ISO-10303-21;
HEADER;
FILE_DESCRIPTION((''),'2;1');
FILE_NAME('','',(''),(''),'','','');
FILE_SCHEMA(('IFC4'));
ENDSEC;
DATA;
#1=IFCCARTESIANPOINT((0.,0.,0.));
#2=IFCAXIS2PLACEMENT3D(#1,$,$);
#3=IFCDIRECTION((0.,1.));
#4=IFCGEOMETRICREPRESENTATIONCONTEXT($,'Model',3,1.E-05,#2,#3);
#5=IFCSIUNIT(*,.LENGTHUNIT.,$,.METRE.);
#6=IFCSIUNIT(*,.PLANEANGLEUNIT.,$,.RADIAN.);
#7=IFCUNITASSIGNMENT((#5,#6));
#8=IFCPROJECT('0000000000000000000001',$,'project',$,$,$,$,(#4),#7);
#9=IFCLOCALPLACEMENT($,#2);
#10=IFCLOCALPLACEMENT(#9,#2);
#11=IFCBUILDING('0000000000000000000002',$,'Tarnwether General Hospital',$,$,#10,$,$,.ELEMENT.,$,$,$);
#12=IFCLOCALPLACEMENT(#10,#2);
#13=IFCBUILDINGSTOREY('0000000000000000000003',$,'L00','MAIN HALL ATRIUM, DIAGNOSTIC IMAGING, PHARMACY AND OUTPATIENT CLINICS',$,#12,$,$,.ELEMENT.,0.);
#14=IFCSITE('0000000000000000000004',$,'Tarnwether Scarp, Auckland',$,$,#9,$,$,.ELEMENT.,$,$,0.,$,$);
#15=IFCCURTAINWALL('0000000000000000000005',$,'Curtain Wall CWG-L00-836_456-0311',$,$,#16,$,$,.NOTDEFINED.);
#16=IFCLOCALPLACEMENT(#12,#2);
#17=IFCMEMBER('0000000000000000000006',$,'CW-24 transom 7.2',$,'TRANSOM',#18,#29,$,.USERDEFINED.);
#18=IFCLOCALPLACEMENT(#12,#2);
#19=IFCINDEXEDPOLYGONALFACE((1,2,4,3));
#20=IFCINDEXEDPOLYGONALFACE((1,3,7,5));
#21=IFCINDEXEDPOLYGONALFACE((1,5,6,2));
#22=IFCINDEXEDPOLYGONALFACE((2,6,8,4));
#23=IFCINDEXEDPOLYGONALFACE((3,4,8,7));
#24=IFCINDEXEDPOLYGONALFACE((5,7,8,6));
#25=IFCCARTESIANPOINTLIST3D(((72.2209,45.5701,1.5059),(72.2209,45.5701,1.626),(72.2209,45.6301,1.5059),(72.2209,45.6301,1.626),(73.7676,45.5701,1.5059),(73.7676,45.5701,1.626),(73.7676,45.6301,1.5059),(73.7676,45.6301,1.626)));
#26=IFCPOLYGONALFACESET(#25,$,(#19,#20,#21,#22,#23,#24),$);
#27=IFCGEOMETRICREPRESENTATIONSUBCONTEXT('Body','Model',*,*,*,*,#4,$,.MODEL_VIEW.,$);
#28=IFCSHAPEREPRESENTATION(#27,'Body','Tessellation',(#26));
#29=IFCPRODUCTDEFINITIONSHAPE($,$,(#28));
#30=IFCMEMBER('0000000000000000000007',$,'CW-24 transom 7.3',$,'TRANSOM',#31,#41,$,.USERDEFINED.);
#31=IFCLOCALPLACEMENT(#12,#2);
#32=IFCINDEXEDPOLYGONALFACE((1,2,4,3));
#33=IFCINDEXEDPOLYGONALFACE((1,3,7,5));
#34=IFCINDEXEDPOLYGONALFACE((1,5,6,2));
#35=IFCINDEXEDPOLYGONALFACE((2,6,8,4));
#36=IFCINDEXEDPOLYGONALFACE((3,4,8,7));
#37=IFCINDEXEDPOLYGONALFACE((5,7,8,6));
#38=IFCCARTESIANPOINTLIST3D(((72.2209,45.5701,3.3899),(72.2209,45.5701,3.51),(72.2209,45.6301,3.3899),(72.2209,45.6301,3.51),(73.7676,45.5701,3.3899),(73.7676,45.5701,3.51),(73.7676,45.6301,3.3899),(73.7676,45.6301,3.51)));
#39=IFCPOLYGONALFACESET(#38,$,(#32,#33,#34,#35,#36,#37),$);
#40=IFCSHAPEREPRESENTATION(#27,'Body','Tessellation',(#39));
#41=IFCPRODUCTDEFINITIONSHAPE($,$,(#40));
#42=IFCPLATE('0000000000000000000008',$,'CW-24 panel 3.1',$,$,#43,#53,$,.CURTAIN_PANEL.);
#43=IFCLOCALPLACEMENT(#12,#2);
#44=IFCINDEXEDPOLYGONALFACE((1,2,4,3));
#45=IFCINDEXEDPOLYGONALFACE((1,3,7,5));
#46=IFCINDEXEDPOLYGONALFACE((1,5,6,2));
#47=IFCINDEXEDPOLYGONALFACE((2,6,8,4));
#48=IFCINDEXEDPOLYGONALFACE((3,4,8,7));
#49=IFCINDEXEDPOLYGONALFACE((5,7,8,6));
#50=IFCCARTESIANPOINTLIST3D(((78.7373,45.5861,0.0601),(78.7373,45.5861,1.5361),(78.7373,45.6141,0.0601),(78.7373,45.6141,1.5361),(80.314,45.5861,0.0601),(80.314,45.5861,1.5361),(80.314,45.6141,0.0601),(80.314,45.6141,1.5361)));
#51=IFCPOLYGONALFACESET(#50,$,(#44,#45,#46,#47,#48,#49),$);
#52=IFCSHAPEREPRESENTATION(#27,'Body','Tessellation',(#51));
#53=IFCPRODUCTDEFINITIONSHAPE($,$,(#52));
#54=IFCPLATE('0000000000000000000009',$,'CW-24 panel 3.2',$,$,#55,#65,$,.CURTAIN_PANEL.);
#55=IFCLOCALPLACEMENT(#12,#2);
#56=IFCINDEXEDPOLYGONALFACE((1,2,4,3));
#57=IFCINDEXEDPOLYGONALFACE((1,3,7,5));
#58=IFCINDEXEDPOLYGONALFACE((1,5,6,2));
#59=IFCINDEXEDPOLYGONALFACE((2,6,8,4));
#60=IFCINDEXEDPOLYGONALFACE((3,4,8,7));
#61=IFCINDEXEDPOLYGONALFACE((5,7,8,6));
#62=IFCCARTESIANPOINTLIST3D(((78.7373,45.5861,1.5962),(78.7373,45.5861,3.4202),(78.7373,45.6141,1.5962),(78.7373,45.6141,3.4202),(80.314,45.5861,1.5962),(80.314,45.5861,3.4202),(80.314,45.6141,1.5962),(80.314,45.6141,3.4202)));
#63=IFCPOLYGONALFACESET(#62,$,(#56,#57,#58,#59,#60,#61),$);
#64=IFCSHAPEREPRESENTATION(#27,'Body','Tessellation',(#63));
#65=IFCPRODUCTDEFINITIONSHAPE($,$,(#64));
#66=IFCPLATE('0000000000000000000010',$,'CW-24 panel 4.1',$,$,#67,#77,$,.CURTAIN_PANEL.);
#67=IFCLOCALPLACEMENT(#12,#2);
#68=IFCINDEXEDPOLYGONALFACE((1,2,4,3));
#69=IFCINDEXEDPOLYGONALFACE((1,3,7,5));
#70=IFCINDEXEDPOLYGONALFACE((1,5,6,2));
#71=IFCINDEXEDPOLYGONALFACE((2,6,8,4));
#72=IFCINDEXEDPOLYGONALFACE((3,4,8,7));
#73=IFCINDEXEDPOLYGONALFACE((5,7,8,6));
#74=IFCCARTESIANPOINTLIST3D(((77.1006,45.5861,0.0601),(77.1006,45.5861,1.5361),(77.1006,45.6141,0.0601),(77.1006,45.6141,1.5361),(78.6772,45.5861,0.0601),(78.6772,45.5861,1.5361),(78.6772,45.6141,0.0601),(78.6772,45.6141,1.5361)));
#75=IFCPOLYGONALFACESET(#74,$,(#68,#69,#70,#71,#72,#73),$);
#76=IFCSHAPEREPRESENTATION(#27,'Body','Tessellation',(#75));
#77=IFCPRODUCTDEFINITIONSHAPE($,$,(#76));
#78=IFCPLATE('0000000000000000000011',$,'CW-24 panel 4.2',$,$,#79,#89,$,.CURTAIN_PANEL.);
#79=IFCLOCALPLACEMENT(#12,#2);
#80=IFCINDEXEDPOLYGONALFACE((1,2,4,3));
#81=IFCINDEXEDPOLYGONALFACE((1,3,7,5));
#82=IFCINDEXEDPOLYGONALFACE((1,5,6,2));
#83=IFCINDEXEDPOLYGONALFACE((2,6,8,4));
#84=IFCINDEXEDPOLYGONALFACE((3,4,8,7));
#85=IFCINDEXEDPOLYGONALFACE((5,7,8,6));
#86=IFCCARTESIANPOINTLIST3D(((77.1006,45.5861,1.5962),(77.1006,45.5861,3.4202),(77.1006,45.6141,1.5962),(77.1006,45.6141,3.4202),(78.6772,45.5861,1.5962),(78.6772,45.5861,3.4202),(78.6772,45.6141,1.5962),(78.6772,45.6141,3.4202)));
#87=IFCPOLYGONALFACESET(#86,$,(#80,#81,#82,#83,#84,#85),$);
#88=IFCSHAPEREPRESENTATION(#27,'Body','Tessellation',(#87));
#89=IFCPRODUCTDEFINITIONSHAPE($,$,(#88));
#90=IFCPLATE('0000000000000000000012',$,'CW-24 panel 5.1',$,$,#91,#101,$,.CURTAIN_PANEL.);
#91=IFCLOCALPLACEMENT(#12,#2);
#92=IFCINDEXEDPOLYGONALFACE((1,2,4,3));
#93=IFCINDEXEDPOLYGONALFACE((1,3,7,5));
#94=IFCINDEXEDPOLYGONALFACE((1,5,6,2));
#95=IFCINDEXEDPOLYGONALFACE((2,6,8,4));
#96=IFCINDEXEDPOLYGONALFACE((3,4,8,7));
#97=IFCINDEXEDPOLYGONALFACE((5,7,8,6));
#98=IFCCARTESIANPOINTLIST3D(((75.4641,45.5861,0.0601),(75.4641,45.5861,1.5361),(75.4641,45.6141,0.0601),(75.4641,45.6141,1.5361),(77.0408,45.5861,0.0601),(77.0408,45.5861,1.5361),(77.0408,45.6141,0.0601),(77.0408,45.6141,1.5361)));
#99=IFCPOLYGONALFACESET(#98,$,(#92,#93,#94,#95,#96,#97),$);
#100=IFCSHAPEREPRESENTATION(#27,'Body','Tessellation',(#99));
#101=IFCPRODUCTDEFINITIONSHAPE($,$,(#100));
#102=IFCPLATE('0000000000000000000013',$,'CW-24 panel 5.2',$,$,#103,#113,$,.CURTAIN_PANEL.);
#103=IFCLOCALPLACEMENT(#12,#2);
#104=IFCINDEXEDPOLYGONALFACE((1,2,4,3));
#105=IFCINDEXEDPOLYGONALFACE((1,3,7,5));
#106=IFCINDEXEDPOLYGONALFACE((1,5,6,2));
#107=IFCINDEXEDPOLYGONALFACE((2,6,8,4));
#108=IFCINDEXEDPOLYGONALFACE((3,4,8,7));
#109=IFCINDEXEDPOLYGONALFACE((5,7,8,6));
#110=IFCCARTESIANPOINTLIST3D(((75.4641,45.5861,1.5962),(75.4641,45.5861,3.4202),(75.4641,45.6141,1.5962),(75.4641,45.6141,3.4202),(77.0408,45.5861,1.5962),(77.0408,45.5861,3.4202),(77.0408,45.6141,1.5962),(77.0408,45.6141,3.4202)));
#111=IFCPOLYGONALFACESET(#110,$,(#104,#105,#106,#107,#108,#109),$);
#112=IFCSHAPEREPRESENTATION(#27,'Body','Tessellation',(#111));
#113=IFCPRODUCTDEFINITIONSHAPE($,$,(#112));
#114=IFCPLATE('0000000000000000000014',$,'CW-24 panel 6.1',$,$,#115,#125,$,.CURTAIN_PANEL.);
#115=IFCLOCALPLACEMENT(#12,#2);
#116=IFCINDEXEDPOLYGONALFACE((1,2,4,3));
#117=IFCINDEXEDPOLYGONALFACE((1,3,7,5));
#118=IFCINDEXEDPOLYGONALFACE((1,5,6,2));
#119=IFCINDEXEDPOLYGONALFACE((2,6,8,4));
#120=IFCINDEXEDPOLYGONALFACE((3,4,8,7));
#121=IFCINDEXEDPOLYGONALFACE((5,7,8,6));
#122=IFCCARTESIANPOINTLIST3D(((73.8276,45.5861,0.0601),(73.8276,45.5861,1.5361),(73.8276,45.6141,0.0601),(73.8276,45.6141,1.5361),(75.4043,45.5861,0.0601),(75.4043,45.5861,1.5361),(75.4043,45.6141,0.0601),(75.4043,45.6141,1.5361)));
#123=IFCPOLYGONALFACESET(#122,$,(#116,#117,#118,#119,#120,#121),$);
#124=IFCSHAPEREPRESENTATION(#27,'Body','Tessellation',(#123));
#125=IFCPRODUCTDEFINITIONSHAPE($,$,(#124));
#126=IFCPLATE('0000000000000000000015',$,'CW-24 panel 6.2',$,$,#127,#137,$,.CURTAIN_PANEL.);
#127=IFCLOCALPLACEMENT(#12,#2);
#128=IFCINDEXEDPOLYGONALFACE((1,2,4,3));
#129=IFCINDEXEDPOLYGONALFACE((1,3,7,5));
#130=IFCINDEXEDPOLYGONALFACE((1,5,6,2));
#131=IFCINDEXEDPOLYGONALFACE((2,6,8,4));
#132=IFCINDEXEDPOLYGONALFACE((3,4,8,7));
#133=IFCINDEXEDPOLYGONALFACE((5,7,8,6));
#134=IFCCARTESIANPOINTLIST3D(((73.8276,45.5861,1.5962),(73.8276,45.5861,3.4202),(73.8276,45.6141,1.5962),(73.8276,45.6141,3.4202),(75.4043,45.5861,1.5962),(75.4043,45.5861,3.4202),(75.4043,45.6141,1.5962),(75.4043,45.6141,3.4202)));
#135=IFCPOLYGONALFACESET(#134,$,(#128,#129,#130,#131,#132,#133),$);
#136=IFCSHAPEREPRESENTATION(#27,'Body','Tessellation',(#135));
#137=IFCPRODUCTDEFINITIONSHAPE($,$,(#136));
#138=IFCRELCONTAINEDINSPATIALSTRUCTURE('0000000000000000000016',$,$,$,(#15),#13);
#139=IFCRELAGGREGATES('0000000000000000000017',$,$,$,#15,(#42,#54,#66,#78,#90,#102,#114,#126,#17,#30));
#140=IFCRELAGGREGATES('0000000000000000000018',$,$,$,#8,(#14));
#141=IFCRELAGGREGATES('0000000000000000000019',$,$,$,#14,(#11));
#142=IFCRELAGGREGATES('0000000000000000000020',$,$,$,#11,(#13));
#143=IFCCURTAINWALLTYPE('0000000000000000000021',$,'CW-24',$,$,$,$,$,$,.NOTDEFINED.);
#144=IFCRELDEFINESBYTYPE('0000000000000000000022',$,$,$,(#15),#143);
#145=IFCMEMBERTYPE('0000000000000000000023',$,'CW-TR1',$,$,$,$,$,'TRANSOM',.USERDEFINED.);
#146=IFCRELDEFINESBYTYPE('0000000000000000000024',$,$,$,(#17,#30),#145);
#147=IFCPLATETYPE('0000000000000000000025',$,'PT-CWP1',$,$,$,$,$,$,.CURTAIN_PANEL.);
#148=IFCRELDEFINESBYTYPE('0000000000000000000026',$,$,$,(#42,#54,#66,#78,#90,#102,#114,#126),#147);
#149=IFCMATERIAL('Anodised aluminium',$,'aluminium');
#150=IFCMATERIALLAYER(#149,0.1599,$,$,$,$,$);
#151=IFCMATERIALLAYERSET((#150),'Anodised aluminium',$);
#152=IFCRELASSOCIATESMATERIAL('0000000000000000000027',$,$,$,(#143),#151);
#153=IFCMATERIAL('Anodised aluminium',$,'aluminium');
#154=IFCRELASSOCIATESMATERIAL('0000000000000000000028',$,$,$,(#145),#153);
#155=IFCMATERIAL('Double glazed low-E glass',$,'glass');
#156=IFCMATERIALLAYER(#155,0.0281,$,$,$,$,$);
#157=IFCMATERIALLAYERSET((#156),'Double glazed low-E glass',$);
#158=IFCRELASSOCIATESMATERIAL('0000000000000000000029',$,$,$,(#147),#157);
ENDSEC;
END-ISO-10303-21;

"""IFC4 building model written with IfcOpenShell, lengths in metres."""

from ifc_helpers import new_model, si_unit, direction, frame, origin, origin_2d, place, context, subcontext, project, spatial, rectangle, extrude, material, layer, layer_set, material_profile, profile_set, type_object, element, aggregate, save


model = new_model("IFC4")

# Units and contexts
model_context = context("Model", 3, precision=1e-05, world=origin(), true_north=direction((0.0, 1.0)))
body_context = subcontext(model_context, "Body", "Model", "MODEL_VIEW")
ifc_project = project(units=[si_unit("LENGTHUNIT", "METRE"), si_unit("PLANEANGLEUNIT", "RADIAN")], contexts=[model_context])

# Site, building, storey
site_placement = place(None, origin())
site = spatial("IfcSite", under=ifc_project, at=site_placement, Name="Tarnwether Scarp, Auckland", CompositionType="ELEMENT", RefElevation=0.0)
building_placement = place(site_placement, origin())
building = spatial("IfcBuilding", under=site, at=building_placement, Name="Tarnwether General Hospital", CompositionType="ELEMENT")
storey_placement = place(building_placement, origin())
storey = spatial("IfcBuildingStorey", under=building, at=storey_placement, Name="L00", Description="MAIN HALL ATRIUM, DIAGNOSTIC IMAGING, PHARMACY AND OUTPATIENT CLINICS", CompositionType="ELEMENT", Elevation=0.0)

# Curtain wall, members, plates
ifc_material_1 = material(Name="Anodised aluminium", Category="aluminium")
ifc_layer_1 = layer(ifc_material_1, 0.1599)
ifc_layer_set_1 = layer_set([ifc_layer_1], Name="Anodised aluminium")
curtain_wall_type = type_object("IfcCurtainWallType", Name="CW-24", PredefinedType="NOTDEFINED", material=ifc_layer_set_1)
curtain_wall_placement = place(storey_placement, origin())
curtain_wall = element("IfcCurtainWall", 1, at=curtain_wall_placement, inside=storey, type_object=curtain_wall_type, Name="Curtain Wall CWG-L00-836_456-0311", PredefinedType="NOTDEFINED")
ifc_material_2 = material(Name="Anodised aluminium", Category="aluminium")
ifc_material_profile_1 = material_profile(ifc_material_2, rectangle(XDim=0.0601, YDim=0.1201, at=origin_2d()), Name="ALU-TRN-60x120")
ifc_profile_set_1 = profile_set([ifc_material_profile_1], Name="Anodised aluminium")
member_type_1 = type_object("IfcMemberType", Name="CW-TR1", ElementType="TRANSOM", PredefinedType="USERDEFINED", material=ifc_profile_set_1)
member_1_placement = place(storey_placement, frame((73.7676, 45.6001, 1.5659), z_axis=(-1.0, 0.0, 0.0), x_axis=(0.0, -1.0, 0.0)))
member_1 = element("IfcMember", 2, at=member_1_placement, type_object=member_type_1, Name="CW-24 transom 7.2", ObjectType="TRANSOM", PredefinedType="USERDEFINED", context=body_context, shape_type="SweptSolid", body=[
    extrude(rectangle(XDim=0.0601, YDim=0.1201, at=origin_2d()), origin(), (0.0, 0.0, 1.0), 1.5466),
])
member_2_placement = place(storey_placement, frame((73.7676, 45.6001, 3.45), z_axis=(-1.0, 0.0, 0.0), x_axis=(0.0, -1.0, 0.0)))
member_2 = element("IfcMember", 3, at=member_2_placement, type_object=member_type_1, Name="CW-24 transom 7.3", ObjectType="TRANSOM", PredefinedType="USERDEFINED", context=body_context, shape_type="SweptSolid", body=[
    extrude(rectangle(XDim=0.0601, YDim=0.1201, at=origin_2d()), origin(), (0.0, 0.0, 1.0), 1.5466),
])
ifc_material_3 = material(Name="Double glazed low-E glass", Category="glass")
ifc_layer_2 = layer(ifc_material_3, 0.0281)
ifc_layer_set_2 = layer_set([ifc_layer_2], Name="Double glazed low-E glass")
plate_type = type_object("IfcPlateType", Name="PT-CWP1", PredefinedType="CURTAIN_PANEL", material=ifc_layer_set_2)
plate_1_placement = place(storey_placement, frame((79.5256, 45.6001, 0.0601), z_axis=(0.0, 0.0, 1.0), x_axis=(-1.0, 0.0, 0.0)))
plate_1 = element("IfcPlate", 4, at=plate_1_placement, type_object=plate_type, Name="CW-24 panel 3.1", PredefinedType="CURTAIN_PANEL", context=body_context, shape_type="SweptSolid", body=[
    extrude(rectangle(XDim=1.5767, YDim=0.0281, at=origin_2d()), origin(), (0.0, 0.0, 1.0), 1.4761),
])
plate_2_placement = place(storey_placement, frame((79.5256, 45.6001, 1.5962), z_axis=(0.0, 0.0, 1.0), x_axis=(-1.0, 0.0, 0.0)))
plate_2 = element("IfcPlate", 5, at=plate_2_placement, type_object=plate_type, Name="CW-24 panel 3.2", PredefinedType="CURTAIN_PANEL", context=body_context, shape_type="SweptSolid", body=[
    extrude(rectangle(XDim=1.5767, YDim=0.0281, at=origin_2d()), origin(), (0.0, 0.0, 1.0), 1.824),
])
plate_3_placement = place(storey_placement, frame((77.8889, 45.6001, 0.0601), z_axis=(0.0, 0.0, 1.0), x_axis=(-1.0, 0.0, 0.0)))
plate_3 = element("IfcPlate", 6, at=plate_3_placement, type_object=plate_type, Name="CW-24 panel 4.1", PredefinedType="CURTAIN_PANEL", context=body_context, shape_type="SweptSolid", body=[
    extrude(rectangle(XDim=1.5767, YDim=0.0281, at=origin_2d()), origin(), (0.0, 0.0, 1.0), 1.4761),
])
plate_4_placement = place(storey_placement, frame((77.8889, 45.6001, 1.5962), z_axis=(0.0, 0.0, 1.0), x_axis=(-1.0, 0.0, 0.0)))
plate_4 = element("IfcPlate", 7, at=plate_4_placement, type_object=plate_type, Name="CW-24 panel 4.2", PredefinedType="CURTAIN_PANEL", context=body_context, shape_type="SweptSolid", body=[
    extrude(rectangle(XDim=1.5767, YDim=0.0281, at=origin_2d()), origin(), (0.0, 0.0, 1.0), 1.824),
])
plate_5_placement = place(storey_placement, frame((76.2524, 45.6001, 0.0601), z_axis=(0.0, 0.0, 1.0), x_axis=(-1.0, 0.0, 0.0)))
plate_5 = element("IfcPlate", 8, at=plate_5_placement, type_object=plate_type, Name="CW-24 panel 5.1", PredefinedType="CURTAIN_PANEL", context=body_context, shape_type="SweptSolid", body=[
    extrude(rectangle(XDim=1.5767, YDim=0.0281, at=origin_2d()), origin(), (0.0, 0.0, 1.0), 1.4761),
])
plate_6_placement = place(storey_placement, frame((76.2524, 45.6001, 1.5962), z_axis=(0.0, 0.0, 1.0), x_axis=(-1.0, 0.0, 0.0)))
plate_6 = element("IfcPlate", 9, at=plate_6_placement, type_object=plate_type, Name="CW-24 panel 5.2", PredefinedType="CURTAIN_PANEL", context=body_context, shape_type="SweptSolid", body=[
    extrude(rectangle(XDim=1.5767, YDim=0.0281, at=origin_2d()), origin(), (0.0, 0.0, 1.0), 1.824),
])
plate_7_placement = place(storey_placement, frame((74.616, 45.6001, 0.0601), z_axis=(0.0, 0.0, 1.0), x_axis=(-1.0, 0.0, 0.0)))
plate_7 = element("IfcPlate", 10, at=plate_7_placement, type_object=plate_type, Name="CW-24 panel 6.1", PredefinedType="CURTAIN_PANEL", context=body_context, shape_type="SweptSolid", body=[
    extrude(rectangle(XDim=1.5767, YDim=0.0281, at=origin_2d()), origin(), (0.0, 0.0, 1.0), 1.4761),
])
plate_8_placement = place(storey_placement, frame((74.616, 45.6001, 1.5962), z_axis=(0.0, 0.0, 1.0), x_axis=(-1.0, 0.0, 0.0)))
plate_8 = element("IfcPlate", 11, at=plate_8_placement, type_object=plate_type, Name="CW-24 panel 6.2", PredefinedType="CURTAIN_PANEL", context=body_context, shape_type="SweptSolid", body=[
    extrude(rectangle(XDim=1.5767, YDim=0.0281, at=origin_2d()), origin(), (0.0, 0.0, 1.0), 1.824),
])
aggregate(curtain_wall, [plate_1, plate_2, plate_3, plate_4, plate_5, plate_6, plate_7, plate_8, member_1, member_2])

save(model, "model.ifc")
